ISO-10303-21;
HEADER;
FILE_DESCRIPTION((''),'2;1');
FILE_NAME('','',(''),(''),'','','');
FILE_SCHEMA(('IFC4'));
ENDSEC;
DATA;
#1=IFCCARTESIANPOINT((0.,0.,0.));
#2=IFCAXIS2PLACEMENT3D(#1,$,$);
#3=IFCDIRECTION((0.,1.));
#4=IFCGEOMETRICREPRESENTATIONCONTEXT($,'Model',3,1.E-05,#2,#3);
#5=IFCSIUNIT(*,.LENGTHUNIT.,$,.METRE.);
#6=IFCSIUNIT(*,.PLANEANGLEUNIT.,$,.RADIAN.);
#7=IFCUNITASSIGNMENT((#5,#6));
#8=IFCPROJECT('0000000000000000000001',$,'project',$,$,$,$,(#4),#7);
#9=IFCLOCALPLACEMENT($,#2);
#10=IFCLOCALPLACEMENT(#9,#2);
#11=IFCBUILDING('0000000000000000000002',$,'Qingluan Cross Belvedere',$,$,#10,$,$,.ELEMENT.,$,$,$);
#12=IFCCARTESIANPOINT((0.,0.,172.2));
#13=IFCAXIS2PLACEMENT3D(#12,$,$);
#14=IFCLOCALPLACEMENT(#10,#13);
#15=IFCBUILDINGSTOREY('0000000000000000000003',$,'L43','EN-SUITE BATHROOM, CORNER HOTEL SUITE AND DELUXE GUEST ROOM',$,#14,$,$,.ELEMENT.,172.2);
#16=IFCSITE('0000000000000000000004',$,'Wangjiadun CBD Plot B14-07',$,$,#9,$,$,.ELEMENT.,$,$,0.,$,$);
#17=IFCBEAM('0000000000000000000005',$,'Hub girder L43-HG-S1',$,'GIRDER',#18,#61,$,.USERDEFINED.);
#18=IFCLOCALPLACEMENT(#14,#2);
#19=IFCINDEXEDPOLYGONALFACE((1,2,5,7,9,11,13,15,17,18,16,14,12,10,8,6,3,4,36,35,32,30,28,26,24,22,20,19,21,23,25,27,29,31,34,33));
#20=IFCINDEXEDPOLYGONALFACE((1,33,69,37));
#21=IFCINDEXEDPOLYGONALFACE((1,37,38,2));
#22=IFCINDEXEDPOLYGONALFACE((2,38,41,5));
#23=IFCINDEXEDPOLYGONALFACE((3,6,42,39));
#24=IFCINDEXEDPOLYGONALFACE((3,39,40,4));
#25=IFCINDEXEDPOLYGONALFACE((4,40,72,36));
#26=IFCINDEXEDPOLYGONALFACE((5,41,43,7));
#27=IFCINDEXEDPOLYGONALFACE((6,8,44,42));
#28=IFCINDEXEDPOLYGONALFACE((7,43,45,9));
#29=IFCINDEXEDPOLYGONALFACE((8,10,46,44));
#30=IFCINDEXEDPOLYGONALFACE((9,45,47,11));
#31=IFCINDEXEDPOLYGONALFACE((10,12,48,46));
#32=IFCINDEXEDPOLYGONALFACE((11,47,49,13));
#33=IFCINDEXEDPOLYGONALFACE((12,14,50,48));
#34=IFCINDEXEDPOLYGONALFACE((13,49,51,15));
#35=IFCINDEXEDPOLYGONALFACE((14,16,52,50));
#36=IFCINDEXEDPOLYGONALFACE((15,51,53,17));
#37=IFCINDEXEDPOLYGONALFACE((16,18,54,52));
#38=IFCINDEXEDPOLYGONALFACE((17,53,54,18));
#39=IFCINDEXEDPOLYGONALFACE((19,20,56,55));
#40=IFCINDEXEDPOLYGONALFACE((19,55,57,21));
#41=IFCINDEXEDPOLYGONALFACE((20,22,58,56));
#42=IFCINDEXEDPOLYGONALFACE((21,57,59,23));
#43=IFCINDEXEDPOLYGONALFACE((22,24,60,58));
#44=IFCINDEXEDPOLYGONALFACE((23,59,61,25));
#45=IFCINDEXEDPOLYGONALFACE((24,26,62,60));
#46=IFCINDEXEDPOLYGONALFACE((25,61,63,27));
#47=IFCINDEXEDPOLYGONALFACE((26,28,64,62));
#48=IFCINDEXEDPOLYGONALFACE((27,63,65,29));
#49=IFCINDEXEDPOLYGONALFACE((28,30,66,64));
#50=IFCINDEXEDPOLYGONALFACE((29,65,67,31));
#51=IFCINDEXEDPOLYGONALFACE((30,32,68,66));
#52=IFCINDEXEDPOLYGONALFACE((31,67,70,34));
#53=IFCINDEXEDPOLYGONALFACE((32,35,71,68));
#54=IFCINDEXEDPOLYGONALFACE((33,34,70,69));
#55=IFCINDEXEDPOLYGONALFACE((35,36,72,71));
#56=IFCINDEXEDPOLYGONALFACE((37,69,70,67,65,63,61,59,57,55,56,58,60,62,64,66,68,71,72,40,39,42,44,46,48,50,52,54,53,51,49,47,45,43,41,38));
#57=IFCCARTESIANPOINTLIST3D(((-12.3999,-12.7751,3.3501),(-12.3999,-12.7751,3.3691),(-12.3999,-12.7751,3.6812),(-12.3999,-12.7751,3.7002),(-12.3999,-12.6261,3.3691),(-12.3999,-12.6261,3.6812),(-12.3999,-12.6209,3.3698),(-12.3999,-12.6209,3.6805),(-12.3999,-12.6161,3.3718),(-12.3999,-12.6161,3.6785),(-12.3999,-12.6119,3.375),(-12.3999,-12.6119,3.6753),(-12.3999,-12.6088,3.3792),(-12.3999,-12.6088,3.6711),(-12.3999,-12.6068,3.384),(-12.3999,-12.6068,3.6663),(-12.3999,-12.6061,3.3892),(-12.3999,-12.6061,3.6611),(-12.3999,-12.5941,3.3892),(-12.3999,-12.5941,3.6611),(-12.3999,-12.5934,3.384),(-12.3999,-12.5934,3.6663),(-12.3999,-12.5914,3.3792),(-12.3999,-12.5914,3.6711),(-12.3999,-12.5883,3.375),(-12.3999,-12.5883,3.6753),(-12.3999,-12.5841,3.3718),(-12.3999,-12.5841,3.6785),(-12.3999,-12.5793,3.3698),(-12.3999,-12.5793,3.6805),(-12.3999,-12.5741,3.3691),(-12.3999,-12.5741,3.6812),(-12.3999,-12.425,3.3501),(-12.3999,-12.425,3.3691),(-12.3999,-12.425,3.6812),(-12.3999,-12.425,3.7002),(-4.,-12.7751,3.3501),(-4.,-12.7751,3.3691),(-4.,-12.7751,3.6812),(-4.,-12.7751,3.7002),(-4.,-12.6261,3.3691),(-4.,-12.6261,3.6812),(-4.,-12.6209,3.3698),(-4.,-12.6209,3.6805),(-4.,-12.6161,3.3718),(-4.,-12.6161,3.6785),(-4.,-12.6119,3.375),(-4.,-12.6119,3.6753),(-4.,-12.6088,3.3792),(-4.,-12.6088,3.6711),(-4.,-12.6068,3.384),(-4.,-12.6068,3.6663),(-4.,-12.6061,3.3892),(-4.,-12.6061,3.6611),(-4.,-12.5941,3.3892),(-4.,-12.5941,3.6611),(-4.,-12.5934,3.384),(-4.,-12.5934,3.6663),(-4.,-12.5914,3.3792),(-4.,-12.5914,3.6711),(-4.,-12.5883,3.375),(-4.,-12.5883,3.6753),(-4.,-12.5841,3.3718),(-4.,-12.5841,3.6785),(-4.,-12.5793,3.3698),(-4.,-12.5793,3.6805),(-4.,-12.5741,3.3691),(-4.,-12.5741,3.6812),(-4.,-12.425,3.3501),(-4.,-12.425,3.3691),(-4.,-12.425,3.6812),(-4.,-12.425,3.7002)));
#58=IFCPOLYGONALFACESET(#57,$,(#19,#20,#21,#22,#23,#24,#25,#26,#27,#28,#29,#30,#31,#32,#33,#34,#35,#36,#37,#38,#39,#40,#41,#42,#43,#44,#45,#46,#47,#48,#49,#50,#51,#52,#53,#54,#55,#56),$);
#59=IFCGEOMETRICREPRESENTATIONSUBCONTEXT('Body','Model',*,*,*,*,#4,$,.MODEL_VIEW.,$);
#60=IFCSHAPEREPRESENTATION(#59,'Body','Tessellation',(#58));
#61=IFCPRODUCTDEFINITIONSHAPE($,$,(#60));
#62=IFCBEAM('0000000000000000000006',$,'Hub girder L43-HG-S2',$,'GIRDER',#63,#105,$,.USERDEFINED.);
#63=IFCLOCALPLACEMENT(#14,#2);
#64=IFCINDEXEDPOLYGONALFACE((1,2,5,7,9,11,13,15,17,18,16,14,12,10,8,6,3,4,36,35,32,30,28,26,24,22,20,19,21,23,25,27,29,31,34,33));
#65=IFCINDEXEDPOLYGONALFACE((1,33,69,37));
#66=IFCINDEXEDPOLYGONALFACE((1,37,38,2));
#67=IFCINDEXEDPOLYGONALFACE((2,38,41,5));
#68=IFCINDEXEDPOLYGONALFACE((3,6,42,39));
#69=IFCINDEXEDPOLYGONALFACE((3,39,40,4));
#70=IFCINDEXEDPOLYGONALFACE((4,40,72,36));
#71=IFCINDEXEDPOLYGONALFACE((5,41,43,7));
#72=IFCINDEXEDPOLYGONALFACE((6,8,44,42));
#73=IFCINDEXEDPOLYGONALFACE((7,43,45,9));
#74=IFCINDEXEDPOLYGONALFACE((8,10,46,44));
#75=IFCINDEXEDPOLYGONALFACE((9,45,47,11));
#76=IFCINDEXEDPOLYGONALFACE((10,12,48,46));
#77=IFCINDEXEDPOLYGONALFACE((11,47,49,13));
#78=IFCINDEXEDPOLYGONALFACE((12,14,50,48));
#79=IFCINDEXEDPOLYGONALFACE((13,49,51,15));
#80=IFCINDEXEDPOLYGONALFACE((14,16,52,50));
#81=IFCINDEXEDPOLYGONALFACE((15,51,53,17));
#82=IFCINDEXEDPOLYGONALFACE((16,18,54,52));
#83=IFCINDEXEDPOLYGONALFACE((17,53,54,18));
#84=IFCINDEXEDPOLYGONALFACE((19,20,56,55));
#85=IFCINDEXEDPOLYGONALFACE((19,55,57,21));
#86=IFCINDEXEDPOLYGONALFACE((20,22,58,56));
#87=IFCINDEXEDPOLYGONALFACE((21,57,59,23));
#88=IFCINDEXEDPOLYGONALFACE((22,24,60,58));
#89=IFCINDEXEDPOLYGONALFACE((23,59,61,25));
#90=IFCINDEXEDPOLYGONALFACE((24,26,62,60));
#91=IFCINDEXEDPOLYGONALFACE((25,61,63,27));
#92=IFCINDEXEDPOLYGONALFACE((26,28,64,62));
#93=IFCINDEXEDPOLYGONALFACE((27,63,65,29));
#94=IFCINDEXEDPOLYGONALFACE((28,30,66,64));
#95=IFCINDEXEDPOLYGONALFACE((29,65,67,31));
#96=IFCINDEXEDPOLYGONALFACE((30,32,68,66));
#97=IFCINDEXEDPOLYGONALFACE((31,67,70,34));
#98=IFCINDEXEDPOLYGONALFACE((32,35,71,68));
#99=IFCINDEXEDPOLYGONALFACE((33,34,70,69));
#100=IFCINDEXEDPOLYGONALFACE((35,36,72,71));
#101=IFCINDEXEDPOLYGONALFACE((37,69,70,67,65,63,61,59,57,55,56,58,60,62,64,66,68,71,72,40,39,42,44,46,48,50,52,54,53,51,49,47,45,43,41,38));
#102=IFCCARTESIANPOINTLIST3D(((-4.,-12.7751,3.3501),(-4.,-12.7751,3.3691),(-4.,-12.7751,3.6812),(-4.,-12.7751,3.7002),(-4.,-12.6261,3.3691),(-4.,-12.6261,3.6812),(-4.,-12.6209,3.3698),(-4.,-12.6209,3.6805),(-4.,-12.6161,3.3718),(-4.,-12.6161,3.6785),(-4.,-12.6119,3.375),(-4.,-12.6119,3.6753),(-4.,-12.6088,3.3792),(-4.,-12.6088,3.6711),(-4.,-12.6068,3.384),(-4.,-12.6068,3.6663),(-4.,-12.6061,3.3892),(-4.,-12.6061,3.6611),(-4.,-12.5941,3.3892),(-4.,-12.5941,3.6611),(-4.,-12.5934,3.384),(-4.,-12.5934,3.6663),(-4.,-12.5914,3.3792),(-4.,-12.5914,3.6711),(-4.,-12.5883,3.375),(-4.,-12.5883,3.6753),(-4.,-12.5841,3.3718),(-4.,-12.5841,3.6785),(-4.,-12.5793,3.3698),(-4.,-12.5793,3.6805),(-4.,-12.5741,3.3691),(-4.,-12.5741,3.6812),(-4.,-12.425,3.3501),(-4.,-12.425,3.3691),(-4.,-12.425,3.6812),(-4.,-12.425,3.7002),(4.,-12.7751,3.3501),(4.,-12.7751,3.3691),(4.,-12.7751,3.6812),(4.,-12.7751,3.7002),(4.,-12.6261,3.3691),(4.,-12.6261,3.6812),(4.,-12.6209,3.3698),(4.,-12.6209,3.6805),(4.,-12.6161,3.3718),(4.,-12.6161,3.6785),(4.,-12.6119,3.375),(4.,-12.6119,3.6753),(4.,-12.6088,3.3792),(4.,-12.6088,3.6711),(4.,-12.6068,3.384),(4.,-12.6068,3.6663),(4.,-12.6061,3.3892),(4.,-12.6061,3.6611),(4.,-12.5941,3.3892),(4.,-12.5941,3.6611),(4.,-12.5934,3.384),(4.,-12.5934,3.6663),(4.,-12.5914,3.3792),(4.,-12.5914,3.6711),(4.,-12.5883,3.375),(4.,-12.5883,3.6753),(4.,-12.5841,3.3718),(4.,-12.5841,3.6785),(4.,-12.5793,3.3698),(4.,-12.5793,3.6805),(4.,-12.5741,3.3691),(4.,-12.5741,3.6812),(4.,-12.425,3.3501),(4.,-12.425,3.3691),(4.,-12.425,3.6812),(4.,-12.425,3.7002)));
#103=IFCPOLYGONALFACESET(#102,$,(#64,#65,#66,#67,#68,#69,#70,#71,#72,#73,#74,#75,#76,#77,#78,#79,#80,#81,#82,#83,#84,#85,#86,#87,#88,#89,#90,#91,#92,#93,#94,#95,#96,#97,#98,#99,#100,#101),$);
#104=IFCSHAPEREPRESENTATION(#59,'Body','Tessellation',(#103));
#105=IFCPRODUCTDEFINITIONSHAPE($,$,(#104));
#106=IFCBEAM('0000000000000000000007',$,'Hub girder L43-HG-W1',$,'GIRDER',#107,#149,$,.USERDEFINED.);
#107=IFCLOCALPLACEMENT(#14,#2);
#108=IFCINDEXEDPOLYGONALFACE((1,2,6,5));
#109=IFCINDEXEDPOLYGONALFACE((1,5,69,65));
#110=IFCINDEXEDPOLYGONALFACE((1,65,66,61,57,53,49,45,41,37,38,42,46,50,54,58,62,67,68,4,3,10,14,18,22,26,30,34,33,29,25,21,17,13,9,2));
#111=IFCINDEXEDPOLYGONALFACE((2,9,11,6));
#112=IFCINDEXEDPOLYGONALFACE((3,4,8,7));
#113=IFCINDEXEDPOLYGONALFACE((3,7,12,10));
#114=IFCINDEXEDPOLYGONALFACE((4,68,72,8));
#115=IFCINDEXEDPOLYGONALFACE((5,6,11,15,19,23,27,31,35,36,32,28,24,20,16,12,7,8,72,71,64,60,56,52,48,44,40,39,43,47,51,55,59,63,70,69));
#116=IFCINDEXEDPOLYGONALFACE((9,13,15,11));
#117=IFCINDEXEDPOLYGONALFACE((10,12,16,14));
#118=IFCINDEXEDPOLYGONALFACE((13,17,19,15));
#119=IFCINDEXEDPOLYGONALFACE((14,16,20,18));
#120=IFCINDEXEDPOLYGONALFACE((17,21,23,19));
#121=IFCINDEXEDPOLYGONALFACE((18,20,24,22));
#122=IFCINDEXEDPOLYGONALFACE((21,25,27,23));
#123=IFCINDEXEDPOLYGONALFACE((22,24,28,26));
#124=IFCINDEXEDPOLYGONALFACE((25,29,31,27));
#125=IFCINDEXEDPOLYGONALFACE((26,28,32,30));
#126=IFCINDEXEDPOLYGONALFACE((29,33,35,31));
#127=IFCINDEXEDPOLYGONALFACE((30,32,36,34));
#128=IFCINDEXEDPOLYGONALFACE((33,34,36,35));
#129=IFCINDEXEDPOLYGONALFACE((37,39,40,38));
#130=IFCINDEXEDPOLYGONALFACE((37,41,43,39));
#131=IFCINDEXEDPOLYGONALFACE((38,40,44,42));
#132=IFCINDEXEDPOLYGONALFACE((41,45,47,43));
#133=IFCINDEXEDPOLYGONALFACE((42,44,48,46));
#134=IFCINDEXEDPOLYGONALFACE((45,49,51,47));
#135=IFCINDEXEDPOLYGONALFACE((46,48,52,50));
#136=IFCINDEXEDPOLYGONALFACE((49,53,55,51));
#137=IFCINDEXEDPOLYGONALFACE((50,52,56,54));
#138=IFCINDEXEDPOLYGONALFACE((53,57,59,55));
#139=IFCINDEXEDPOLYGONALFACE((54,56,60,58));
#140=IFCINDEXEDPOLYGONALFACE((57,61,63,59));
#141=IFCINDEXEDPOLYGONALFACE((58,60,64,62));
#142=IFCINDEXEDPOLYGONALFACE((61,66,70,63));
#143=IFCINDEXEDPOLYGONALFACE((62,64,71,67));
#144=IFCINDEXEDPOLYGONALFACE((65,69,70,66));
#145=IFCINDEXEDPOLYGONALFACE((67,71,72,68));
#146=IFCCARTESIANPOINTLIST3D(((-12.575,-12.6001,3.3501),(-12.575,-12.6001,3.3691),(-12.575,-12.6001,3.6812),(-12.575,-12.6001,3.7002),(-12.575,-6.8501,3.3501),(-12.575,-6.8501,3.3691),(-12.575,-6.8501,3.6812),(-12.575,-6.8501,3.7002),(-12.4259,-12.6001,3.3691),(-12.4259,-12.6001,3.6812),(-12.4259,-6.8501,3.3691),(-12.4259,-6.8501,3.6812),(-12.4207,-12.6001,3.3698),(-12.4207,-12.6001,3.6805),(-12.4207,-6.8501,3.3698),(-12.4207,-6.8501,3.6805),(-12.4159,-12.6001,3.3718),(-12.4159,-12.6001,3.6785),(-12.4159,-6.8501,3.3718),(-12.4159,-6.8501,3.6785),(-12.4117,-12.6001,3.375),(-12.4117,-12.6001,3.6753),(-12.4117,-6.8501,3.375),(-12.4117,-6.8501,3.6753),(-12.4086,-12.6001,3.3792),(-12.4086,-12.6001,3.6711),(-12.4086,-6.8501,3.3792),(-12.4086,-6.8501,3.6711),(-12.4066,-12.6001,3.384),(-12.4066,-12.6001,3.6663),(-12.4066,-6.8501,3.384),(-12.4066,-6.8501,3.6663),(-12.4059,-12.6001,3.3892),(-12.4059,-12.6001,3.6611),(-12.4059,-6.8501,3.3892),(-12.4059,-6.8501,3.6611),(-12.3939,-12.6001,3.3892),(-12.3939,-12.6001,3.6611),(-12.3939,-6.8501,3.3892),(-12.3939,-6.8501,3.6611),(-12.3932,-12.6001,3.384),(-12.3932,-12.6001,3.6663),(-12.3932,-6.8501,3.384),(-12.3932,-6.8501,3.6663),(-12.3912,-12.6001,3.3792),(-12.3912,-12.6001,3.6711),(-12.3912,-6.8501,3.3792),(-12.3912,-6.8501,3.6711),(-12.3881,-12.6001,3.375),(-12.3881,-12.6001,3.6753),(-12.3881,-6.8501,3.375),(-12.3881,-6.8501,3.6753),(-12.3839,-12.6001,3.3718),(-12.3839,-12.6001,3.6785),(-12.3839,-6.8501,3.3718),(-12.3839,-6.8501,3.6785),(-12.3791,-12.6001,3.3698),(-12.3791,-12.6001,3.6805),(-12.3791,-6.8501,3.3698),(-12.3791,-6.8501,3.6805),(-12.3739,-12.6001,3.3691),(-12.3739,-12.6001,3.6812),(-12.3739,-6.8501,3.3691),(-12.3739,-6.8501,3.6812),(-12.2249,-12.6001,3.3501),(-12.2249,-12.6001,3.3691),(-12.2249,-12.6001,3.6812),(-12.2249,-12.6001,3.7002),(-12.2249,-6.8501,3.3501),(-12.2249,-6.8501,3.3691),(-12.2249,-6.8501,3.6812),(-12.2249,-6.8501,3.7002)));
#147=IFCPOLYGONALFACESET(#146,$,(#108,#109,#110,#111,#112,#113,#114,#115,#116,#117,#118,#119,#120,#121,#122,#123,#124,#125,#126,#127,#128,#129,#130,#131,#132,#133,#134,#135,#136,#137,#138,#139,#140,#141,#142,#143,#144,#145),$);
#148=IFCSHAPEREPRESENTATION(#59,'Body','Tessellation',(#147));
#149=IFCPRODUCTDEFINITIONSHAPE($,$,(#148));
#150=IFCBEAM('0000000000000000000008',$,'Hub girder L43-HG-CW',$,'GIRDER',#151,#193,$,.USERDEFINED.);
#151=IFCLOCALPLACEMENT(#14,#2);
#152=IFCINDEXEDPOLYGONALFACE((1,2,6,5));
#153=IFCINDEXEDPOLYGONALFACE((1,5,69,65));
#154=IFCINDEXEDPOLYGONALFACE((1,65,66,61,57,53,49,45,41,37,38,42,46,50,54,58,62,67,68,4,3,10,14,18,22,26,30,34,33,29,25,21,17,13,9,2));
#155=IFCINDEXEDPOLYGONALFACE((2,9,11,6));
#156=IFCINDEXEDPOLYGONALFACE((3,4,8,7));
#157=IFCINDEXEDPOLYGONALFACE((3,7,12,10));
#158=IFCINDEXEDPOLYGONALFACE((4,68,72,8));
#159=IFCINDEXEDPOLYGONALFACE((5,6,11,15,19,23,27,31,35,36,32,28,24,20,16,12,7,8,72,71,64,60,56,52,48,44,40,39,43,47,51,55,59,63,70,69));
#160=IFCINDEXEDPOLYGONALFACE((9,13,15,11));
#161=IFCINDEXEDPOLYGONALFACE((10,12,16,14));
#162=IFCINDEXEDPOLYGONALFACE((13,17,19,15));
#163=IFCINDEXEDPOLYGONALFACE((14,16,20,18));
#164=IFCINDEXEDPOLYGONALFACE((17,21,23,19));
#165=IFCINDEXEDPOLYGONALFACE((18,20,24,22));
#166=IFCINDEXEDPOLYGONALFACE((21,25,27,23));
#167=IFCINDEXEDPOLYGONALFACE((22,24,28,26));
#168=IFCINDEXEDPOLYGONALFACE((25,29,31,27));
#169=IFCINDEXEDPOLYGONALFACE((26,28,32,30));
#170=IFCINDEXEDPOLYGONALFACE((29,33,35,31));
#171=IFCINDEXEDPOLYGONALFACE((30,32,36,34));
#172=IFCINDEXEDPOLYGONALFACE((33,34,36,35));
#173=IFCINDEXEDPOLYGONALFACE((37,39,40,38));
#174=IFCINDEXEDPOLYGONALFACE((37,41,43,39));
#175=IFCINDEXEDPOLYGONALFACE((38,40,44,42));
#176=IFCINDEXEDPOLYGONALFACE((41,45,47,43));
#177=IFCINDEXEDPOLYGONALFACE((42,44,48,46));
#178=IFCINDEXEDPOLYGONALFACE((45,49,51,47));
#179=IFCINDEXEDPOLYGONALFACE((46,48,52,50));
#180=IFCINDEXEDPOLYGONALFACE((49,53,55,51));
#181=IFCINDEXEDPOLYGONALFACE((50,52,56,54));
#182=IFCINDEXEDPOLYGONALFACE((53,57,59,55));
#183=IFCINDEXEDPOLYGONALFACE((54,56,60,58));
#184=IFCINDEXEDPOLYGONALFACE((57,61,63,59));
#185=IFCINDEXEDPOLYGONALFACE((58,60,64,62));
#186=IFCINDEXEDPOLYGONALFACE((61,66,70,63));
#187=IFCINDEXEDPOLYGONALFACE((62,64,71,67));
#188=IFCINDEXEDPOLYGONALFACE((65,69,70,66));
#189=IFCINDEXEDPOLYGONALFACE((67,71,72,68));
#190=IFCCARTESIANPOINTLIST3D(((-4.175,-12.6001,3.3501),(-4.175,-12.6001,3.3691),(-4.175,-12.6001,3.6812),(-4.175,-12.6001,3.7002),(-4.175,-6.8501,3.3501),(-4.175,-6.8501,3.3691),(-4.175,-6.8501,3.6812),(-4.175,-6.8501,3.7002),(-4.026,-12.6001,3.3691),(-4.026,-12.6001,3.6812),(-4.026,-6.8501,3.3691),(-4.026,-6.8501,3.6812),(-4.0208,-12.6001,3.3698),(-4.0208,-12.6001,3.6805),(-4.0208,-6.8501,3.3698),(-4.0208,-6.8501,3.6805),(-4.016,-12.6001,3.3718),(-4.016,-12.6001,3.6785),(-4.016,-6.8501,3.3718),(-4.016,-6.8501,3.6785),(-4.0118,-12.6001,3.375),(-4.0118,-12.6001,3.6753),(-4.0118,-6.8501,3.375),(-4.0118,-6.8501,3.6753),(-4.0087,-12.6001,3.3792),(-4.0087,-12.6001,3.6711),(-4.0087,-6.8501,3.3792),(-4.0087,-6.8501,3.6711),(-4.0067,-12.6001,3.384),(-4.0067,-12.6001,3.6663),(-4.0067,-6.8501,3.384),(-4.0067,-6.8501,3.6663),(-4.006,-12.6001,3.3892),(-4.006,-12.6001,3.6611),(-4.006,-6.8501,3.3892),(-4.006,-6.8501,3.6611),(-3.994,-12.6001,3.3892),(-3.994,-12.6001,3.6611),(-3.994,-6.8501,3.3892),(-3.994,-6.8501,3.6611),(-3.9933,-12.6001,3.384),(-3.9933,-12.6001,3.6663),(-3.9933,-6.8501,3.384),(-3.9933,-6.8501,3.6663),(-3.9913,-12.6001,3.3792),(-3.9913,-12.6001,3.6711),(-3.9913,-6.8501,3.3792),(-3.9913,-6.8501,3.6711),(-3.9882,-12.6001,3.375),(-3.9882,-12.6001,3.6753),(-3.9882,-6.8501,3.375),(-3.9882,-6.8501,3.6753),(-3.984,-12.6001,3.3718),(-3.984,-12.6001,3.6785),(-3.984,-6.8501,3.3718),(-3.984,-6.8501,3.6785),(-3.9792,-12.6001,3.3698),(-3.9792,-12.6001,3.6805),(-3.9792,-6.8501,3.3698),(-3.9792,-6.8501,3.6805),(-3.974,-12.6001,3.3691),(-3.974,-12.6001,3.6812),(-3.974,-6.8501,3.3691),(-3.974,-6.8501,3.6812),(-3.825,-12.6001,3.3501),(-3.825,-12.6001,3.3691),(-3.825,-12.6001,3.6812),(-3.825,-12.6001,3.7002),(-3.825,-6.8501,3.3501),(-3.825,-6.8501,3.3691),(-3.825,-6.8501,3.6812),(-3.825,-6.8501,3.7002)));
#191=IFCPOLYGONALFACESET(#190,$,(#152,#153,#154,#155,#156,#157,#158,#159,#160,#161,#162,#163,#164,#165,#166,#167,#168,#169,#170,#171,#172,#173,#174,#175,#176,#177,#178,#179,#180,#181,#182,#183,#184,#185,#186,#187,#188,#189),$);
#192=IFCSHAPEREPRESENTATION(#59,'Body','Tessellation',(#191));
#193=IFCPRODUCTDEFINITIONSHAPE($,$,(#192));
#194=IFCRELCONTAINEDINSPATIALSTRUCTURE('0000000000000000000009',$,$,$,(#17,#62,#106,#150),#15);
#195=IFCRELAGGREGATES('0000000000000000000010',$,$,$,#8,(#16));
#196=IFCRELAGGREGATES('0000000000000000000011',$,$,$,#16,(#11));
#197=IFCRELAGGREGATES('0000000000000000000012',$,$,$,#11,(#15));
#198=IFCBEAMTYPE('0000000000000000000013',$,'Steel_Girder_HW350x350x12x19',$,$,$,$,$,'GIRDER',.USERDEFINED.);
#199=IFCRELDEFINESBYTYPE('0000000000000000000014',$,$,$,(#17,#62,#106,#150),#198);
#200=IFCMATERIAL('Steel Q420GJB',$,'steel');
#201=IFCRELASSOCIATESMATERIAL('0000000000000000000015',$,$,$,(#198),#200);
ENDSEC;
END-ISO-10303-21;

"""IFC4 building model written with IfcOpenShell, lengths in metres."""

from ifc_helpers import new_model, si_unit, direction, frame, origin, origin_2d, place, context, subcontext, project, spatial, i_section, extrude, material, material_profile, profile_set, type_object, element, save


model = new_model("IFC4")

# Units and contexts
model_context = context("Model", 3, precision=1e-05, world=origin(), true_north=direction((0.0, 1.0)))
body_context = subcontext(model_context, "Body", "Model", "MODEL_VIEW")
ifc_project = project(units=[si_unit("LENGTHUNIT", "METRE"), si_unit("PLANEANGLEUNIT", "RADIAN")], contexts=[model_context])

# Site, building, storey
site_placement = place(None, origin())
site = spatial("IfcSite", under=ifc_project, at=site_placement, Name="Wangjiadun CBD Plot B14-07", CompositionType="ELEMENT", RefElevation=0.0)
building_placement = place(site_placement, origin())
building = spatial("IfcBuilding", under=site, at=building_placement, Name="Qingluan Cross Belvedere", CompositionType="ELEMENT")
storey_placement = place(building_placement, frame((0.0, 0.0, 172.2)))
storey = spatial("IfcBuildingStorey", under=building, at=storey_placement, Name="L43", Description="EN-SUITE BATHROOM, CORNER HOTEL SUITE AND DELUXE GUEST ROOM", CompositionType="ELEMENT", Elevation=172.2)

# Beams
ifc_material_1 = material(Name="Steel Q420GJB", Category="steel")
ifc_material_profile_1 = material_profile(ifc_material_1, i_section(OverallWidth=0.3501, OverallDepth=0.3501, WebThickness=0.012, FlangeThickness=0.019, FilletRadius=0.02, at=origin_2d()), Name="HW350x350x12x19")
ifc_profile_set_1 = profile_set([ifc_material_profile_1], Name="Steel Q420GJB")
beam_type_1 = type_object("IfcBeamType", Name="Steel_Girder_HW350x350x12x19", ElementType="GIRDER", PredefinedType="USERDEFINED", material=ifc_profile_set_1)
beam_1_placement = place(storey_placement, frame((-12.3999, -12.6001, 3.5251), z_axis=(1.0, 0.0, 0.0), x_axis=(0.0, 1.0, 0.0)))
element("IfcBeam", 1, at=beam_1_placement, inside=storey, type_object=beam_type_1, Name="Hub girder L43-HG-S1", ObjectType="GIRDER", PredefinedType="USERDEFINED", context=body_context, shape_type="SweptSolid", body=[
    extrude(i_section(OverallWidth=0.3501, OverallDepth=0.3501, WebThickness=0.012, FlangeThickness=0.019, FilletRadius=0.02, at=origin_2d()), origin(), (0.0, 0.0, 1.0), 8.3999),
])
beam_2_placement = place(storey_placement, frame((-4.0, -12.6001, 3.5251), z_axis=(1.0, 0.0, 0.0), x_axis=(0.0, 1.0, 0.0)))
element("IfcBeam", 2, at=beam_2_placement, inside=storey, type_object=beam_type_1, Name="Hub girder L43-HG-S2", ObjectType="GIRDER", PredefinedType="USERDEFINED", context=body_context, shape_type="SweptSolid", body=[
    extrude(i_section(OverallWidth=0.3501, OverallDepth=0.3501, WebThickness=0.012, FlangeThickness=0.019, FilletRadius=0.02, at=origin_2d()), origin(), (0.0, 0.0, 1.0), 8.0),
])
for number, where, z_axis, x_axis, name in (
    (3, (-12.3999, -12.6001, 3.5251), (0.0, 1.0, 0.0), (-1.0, 0.0, 0.0), "Hub girder L43-HG-W1"),
    (4, (-4.0, -12.6001, 3.5251), (0.0, 1.0, 0.0), (-1.0, 0.0, 0.0), "Hub girder L43-HG-CW"),
):
    element("IfcBeam", number, at=place(storey_placement, frame(where, z_axis=z_axis, x_axis=x_axis)), inside=storey, type_object=beam_type_1, Name=name, ObjectType="GIRDER", PredefinedType="USERDEFINED", context=body_context, shape_type="SweptSolid", body=[
        extrude(i_section(OverallWidth=0.3501, OverallDepth=0.3501, WebThickness=0.012, FlangeThickness=0.019, FilletRadius=0.02, at=origin_2d()), origin(), (0.0, 0.0, 1.0), 5.75),
    ])

save(model, "model.ifc")
